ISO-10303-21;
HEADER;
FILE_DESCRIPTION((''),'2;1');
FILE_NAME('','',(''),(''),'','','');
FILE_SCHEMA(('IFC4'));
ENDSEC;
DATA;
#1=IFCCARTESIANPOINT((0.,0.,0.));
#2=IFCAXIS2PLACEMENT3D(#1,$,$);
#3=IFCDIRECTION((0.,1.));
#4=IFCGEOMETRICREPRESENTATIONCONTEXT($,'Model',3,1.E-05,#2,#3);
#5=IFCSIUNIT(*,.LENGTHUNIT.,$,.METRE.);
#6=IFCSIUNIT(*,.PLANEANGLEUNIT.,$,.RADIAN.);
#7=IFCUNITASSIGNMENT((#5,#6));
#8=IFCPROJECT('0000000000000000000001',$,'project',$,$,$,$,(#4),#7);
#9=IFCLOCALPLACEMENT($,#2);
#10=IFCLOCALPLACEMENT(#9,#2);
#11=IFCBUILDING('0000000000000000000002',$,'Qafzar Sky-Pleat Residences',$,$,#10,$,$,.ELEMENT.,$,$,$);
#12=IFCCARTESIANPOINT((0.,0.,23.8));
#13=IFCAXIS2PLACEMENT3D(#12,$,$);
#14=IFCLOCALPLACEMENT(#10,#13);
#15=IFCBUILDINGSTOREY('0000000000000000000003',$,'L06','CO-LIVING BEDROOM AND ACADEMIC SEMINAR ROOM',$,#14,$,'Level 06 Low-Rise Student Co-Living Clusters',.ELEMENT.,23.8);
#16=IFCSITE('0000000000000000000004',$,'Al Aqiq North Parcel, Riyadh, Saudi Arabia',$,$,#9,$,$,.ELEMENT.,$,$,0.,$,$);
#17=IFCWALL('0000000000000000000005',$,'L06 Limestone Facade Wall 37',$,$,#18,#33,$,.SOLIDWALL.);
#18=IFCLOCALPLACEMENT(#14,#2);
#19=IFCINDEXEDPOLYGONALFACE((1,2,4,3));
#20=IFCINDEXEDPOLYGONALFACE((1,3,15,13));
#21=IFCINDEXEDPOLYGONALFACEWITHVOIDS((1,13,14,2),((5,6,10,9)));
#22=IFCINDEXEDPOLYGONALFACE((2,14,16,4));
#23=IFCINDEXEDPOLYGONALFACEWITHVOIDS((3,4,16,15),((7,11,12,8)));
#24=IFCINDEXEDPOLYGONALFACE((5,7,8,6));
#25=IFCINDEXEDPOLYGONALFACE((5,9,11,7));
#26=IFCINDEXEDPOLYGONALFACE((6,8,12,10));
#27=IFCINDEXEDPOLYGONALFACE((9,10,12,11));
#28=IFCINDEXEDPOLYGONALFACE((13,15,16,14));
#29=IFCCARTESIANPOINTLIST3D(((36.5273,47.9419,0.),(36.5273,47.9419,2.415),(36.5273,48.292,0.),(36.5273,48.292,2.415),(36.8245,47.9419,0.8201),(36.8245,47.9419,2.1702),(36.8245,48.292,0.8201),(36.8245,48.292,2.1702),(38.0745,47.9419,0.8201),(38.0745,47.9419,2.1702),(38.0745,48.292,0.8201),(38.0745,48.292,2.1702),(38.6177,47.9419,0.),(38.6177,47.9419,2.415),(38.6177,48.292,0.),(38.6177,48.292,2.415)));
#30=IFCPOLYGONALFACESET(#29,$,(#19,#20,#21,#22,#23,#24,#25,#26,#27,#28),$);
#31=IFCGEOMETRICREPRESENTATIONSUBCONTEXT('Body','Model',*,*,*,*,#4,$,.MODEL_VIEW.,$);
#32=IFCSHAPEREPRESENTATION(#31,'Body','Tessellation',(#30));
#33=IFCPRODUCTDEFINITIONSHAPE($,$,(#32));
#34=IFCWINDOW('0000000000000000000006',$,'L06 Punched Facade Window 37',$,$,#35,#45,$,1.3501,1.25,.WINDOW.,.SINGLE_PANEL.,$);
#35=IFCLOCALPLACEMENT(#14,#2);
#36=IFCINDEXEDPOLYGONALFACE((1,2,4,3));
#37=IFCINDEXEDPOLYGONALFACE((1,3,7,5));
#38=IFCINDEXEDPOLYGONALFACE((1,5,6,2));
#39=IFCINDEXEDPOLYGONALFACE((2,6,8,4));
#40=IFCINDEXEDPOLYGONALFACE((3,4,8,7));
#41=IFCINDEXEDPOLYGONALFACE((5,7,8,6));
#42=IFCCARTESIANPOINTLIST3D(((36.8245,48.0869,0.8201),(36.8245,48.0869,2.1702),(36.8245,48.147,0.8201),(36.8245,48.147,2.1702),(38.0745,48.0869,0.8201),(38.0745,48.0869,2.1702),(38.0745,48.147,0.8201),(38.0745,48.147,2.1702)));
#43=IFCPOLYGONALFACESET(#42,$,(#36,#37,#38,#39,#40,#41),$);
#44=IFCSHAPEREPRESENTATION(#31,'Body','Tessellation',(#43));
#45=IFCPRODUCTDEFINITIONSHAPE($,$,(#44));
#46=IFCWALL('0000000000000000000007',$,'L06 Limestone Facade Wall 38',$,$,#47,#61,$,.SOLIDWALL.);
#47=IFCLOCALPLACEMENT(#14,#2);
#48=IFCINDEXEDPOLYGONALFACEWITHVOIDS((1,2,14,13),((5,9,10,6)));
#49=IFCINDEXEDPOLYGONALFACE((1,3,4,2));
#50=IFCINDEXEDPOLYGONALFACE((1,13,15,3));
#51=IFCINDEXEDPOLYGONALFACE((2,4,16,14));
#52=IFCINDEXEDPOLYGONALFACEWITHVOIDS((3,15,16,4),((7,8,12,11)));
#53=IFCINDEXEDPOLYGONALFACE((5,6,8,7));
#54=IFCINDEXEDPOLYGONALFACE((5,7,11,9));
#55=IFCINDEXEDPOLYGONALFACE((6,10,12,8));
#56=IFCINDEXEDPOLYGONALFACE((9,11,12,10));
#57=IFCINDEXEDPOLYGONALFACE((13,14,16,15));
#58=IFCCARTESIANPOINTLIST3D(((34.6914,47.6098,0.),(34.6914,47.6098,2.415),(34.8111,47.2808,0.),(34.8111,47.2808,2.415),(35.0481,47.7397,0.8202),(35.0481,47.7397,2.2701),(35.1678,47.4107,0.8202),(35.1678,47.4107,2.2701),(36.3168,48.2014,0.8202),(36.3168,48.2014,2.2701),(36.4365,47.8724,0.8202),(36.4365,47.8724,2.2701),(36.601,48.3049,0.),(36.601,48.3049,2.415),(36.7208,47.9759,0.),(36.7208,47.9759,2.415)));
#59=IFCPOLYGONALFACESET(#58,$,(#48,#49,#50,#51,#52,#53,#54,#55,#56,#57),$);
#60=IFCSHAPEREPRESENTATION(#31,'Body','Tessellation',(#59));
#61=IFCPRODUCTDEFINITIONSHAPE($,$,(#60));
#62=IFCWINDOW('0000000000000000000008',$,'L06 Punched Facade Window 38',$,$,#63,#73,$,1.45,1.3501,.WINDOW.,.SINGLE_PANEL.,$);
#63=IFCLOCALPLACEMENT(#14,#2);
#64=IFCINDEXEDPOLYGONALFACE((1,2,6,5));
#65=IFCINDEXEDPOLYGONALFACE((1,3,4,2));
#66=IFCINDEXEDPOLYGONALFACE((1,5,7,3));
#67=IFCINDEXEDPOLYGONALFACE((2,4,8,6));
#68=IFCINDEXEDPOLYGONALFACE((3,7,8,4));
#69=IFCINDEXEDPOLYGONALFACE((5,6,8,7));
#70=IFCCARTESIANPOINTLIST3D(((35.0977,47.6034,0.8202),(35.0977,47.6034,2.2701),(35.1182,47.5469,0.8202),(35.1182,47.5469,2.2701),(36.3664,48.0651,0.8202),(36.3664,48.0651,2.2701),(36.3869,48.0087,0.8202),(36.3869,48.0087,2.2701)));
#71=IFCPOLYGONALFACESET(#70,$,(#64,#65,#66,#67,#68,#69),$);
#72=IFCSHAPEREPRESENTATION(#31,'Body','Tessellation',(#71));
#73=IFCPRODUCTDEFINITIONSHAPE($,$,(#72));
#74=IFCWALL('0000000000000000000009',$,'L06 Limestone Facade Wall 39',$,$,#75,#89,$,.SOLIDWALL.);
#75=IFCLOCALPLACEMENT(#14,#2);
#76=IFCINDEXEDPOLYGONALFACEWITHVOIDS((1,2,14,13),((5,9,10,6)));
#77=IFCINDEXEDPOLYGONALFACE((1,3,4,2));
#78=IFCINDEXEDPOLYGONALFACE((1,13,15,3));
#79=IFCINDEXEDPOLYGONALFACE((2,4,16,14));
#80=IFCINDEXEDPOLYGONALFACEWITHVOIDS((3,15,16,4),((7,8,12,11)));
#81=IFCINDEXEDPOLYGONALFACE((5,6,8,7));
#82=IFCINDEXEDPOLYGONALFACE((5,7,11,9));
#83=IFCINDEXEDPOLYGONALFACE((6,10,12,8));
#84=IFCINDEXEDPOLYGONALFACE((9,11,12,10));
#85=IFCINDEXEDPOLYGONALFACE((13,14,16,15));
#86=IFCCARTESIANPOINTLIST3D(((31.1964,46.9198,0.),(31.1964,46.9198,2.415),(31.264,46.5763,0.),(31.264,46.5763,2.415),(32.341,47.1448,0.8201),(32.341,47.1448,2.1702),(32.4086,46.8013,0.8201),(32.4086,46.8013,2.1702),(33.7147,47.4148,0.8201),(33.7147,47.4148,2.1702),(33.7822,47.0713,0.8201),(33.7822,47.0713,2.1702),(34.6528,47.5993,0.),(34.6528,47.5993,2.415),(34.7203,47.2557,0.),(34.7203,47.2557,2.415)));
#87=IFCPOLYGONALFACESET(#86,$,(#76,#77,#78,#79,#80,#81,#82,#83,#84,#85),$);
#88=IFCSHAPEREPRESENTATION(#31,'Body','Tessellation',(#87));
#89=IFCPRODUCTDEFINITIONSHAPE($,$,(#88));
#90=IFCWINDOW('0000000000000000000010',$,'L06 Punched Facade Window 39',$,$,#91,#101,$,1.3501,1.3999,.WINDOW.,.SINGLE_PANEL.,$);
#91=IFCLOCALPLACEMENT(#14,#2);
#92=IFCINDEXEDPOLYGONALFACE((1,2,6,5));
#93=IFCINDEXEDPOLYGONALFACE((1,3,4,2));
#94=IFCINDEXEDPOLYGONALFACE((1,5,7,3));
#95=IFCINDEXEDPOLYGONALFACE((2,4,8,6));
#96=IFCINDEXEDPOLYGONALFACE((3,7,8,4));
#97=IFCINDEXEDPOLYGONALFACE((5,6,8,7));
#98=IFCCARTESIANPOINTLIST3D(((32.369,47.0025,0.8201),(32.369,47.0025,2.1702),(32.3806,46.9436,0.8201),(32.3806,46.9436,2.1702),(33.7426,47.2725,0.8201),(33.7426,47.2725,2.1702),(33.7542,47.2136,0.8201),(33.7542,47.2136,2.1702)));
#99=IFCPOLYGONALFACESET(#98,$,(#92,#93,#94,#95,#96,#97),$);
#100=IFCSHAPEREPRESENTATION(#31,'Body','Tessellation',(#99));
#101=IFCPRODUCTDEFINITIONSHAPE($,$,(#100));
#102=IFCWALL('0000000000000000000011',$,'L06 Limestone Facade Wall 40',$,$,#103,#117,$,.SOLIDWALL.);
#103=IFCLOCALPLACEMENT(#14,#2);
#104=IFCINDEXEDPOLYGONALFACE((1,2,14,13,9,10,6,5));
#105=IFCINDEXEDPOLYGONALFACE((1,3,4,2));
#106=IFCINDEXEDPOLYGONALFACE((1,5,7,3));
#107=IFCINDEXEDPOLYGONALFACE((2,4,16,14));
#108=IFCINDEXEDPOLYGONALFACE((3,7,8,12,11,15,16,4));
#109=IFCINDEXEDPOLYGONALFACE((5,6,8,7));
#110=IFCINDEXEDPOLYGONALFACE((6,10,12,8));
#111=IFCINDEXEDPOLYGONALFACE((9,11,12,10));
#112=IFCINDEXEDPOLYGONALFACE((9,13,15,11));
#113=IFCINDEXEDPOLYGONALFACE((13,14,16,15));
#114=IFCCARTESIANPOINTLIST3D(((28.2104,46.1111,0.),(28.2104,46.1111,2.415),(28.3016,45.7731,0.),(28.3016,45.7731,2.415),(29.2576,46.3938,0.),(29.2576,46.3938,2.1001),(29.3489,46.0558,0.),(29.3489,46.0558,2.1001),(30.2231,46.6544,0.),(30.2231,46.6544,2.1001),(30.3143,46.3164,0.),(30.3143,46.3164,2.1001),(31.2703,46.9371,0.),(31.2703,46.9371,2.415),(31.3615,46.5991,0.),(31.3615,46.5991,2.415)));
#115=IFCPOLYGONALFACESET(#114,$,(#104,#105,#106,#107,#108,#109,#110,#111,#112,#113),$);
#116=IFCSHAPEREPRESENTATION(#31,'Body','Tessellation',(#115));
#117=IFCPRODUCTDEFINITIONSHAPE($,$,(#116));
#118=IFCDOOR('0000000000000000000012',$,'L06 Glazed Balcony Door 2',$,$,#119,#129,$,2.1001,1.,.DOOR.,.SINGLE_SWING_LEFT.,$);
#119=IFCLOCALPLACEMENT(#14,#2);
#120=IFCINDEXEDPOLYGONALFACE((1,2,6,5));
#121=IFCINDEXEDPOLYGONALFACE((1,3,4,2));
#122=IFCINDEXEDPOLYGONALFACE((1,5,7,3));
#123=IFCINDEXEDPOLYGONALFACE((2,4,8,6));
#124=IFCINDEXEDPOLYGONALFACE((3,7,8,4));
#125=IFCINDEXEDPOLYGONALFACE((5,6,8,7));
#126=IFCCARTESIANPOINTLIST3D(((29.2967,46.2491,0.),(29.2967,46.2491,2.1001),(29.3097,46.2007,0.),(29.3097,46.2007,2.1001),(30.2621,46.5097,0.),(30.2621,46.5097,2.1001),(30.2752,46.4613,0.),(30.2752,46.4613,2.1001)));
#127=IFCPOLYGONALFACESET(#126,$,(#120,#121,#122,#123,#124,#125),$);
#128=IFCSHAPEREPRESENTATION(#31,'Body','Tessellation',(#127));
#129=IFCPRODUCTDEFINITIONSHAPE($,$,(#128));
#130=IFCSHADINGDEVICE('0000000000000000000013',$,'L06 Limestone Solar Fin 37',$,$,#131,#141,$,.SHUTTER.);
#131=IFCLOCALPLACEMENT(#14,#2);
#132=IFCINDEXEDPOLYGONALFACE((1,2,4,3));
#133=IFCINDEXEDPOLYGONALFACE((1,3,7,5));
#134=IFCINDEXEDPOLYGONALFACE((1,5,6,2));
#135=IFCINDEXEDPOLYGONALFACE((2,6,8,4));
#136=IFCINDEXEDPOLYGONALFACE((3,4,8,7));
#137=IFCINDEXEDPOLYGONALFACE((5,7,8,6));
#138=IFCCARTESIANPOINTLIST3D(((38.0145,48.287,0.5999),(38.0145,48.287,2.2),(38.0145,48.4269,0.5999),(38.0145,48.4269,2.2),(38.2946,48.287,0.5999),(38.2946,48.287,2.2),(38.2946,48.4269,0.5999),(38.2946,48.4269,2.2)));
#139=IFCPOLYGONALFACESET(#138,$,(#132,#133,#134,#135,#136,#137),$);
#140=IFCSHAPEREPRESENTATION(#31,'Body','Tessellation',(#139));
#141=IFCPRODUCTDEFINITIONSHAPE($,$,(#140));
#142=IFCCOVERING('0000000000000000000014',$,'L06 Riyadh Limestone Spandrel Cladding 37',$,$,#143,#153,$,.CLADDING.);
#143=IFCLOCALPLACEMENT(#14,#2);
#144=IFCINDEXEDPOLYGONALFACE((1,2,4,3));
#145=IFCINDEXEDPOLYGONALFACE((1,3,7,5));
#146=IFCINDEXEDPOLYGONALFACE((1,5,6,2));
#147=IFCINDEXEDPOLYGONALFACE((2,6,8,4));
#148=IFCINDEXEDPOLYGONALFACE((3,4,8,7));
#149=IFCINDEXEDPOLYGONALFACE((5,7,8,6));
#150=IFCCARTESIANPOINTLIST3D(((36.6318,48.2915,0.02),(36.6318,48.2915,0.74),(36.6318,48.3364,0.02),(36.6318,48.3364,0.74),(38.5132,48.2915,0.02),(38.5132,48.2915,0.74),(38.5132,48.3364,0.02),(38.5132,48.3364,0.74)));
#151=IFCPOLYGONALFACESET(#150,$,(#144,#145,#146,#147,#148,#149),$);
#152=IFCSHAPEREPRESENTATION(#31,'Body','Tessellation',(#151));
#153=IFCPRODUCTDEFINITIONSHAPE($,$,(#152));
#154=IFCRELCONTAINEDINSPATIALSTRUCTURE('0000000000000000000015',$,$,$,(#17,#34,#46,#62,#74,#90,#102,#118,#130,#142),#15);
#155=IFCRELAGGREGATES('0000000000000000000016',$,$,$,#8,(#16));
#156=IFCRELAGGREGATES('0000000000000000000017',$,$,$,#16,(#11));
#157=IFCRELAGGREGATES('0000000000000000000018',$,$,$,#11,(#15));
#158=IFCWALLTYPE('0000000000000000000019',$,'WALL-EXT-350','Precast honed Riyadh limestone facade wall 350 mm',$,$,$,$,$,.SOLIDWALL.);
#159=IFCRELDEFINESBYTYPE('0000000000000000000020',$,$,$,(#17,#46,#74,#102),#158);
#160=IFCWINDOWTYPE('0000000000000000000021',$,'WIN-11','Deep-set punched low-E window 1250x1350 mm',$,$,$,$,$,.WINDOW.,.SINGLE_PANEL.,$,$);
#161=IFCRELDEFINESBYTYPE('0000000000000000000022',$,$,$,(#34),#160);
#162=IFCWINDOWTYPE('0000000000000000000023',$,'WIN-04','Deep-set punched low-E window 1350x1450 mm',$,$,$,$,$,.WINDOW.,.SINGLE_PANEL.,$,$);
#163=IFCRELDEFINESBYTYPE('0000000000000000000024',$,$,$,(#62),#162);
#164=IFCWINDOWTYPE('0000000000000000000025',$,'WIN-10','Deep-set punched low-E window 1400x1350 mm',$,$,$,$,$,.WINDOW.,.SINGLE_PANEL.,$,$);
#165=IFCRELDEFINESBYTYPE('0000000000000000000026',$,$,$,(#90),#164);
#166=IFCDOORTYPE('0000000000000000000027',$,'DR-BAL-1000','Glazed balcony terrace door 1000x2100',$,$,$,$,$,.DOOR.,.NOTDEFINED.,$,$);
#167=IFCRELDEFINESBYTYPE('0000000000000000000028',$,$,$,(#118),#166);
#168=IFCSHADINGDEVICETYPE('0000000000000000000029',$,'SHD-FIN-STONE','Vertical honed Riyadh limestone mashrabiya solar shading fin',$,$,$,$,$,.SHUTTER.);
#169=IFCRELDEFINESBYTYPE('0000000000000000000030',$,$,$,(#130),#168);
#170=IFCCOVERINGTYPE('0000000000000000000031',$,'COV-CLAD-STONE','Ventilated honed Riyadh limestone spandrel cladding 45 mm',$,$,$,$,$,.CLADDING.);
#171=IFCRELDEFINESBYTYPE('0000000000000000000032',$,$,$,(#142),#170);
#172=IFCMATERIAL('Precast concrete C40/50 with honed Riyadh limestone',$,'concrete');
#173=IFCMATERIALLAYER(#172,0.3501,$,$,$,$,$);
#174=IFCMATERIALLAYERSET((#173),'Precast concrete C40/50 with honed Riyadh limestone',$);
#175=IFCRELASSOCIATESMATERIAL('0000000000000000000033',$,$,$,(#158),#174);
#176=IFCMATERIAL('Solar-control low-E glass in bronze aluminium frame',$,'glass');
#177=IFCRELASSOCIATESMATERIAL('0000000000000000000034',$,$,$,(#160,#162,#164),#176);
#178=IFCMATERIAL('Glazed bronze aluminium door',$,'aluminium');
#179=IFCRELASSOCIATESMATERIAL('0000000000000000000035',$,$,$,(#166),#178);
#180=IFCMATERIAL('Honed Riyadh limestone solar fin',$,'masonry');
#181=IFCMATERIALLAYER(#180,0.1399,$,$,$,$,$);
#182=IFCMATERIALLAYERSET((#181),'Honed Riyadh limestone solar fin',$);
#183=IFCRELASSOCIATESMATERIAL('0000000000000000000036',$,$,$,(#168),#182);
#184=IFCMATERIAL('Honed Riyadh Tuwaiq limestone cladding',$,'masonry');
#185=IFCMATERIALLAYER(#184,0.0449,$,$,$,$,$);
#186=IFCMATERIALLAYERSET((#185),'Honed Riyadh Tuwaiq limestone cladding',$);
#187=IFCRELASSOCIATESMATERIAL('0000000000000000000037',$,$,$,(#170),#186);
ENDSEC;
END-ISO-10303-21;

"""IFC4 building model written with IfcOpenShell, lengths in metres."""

from ifc_helpers import new_model, si_unit, direction, frame, frame_2d, origin, origin_2d, place, context, subcontext, project, spatial, rectangle, extrude, source, transform, mapped, material, layer, layer_set, type_object, element, fill, save


model = new_model("IFC4")

# Units and contexts
model_context = context("Model", 3, precision=1e-05, world=origin(), true_north=direction((0.0, 1.0)))
body_context = subcontext(model_context, "Body", "Model", "MODEL_VIEW")
ifc_project = project(units=[si_unit("LENGTHUNIT", "METRE"), si_unit("PLANEANGLEUNIT", "RADIAN")], contexts=[model_context])

# Site, building, storey
site_placement = place(None, origin())
site = spatial("IfcSite", under=ifc_project, at=site_placement, Name="Al Aqiq North Parcel, Riyadh, Saudi Arabia", CompositionType="ELEMENT", RefElevation=0.0)
building_placement = place(site_placement, origin())
building = spatial("IfcBuilding", under=site, at=building_placement, Name="Qafzar Sky-Pleat Residences", CompositionType="ELEMENT")
storey_placement = place(building_placement, frame((0.0, 0.0, 23.8)))
storey = spatial("IfcBuildingStorey", under=building, at=storey_placement, Name="L06", Description="CO-LIVING BEDROOM AND ACADEMIC SEMINAR ROOM", LongName="Level 06 Low-Rise Student Co-Living Clusters", CompositionType="ELEMENT", Elevation=23.8)

# Walls, openings, windows
ifc_material_1 = material(Name="Precast concrete C40/50 with honed Riyadh limestone", Category="concrete")
ifc_layer_1 = layer(ifc_material_1, 0.3501)
ifc_layer_set_1 = layer_set([ifc_layer_1], Name="Precast concrete C40/50 with honed Riyadh limestone")
wall_type_1 = type_object("IfcWallType", Name="WALL-EXT-350", Description="Precast honed Riyadh limestone facade wall 350 mm", PredefinedType="SOLIDWALL", material=ifc_layer_set_1)
wall_1_placement = place(storey_placement, frame((38.6177, 48.1169, 0.0), z_axis=(0.0, 0.0, 1.0), x_axis=(-1.0, 0.0, 0.0)))
wall_1 = element("IfcWall", 1, at=wall_1_placement, inside=storey, type_object=wall_type_1, Name="L06 Limestone Facade Wall 37", PredefinedType="SOLIDWALL", context=body_context, shape_type="SweptSolid", body=[
    extrude(rectangle(XDim=2.0903, YDim=0.3501, at=frame_2d((1.0452, 0.0))), origin(), (0.0, 0.0, 1.0), 2.415),
])
opening_1_placement = place(wall_1_placement, frame((0.5432, 0.0, 0.8201)))
opening_1 = element("IfcOpeningElement", 2, at=opening_1_placement, cuts=wall_1, PredefinedType="OPENING", context=body_context, shape_type="SweptSolid", body=[
    extrude(rectangle(XDim=1.25, YDim=1.3501, at=frame_2d((0.625, 0.675))), frame((0.0, 0.1851, 0.0), z_axis=(0.0, -1.0, 0.0), x_axis=(1.0, 0.0, 0.0)), (0.0, 0.0, 1.0), 0.3701),
])
ifc_material_2 = material(Name="Solar-control low-E glass in bronze aluminium frame", Category="glass")
window_type_1 = type_object("IfcWindowType", Name="WIN-11", Description="Deep-set punched low-E window 1250x1350 mm", PartitioningType="SINGLE_PANEL", PredefinedType="WINDOW", material=ifc_material_2)
shared_shape_1 = source(origin(), body_context, "Body", "SweptSolid", [
    extrude(rectangle(XDim=1.25, YDim=1.3501, at=frame_2d((0.625, 0.675))), frame((0.0, 0.03, 0.0), z_axis=(0.0, -1.0, 0.0), x_axis=(1.0, 0.0, 0.0)), (0.0, 0.0, 1.0), 0.0601),
])
window_1_placement = place(opening_1_placement, origin())
window_1 = element("IfcWindow", 3, at=window_1_placement, inside=storey, type_object=window_type_1, Name="L06 Punched Facade Window 37", OverallHeight=1.3501, OverallWidth=1.25, PartitioningType="SINGLE_PANEL", PredefinedType="WINDOW", context=body_context, shape_type="MappedRepresentation", body=[
    mapped(shared_shape_1, transform((0.0, 0.0, 0.0), x_axis=(1.0, 0.0, 0.0), y_axis=(0.0, 1.0, 0.0), z_axis=(0.0, 0.0, 1.0), scale=1.0)),
])
fill(opening_1, window_1)
wall_2_placement = place(storey_placement, frame((36.6609, 48.1404, 0.0), z_axis=(0.0, 0.0, 1.0), x_axis=(-0.939692, -0.342023, 0.0)))
wall_2 = element("IfcWall", 4, at=wall_2_placement, inside=storey, type_object=wall_type_1, Name="L06 Limestone Facade Wall 38", PredefinedType="SOLIDWALL", context=body_context, shape_type="SweptSolid", body=[
    extrude(rectangle(XDim=2.0322, YDim=0.3501, at=frame_2d((1.0161, 0.0))), origin(), (0.0, 0.0, 1.0), 2.415),
])
opening_2_placement = place(wall_2_placement, frame((0.3025, 0.0, 0.8201)))
opening_2 = element("IfcOpeningElement", 5, at=opening_2_placement, cuts=wall_2, PredefinedType="OPENING", context=body_context, shape_type="SweptSolid", body=[
    extrude(rectangle(XDim=1.3501, YDim=1.45, at=frame_2d((0.675, 0.7251))), frame((0.0, 0.1851, 0.0), z_axis=(0.0, -1.0, 0.0), x_axis=(1.0, 0.0, 0.0)), (0.0, 0.0, 1.0), 0.3701),
])
window_type_2 = type_object("IfcWindowType", Name="WIN-04", Description="Deep-set punched low-E window 1350x1450 mm", PartitioningType="SINGLE_PANEL", PredefinedType="WINDOW", material=ifc_material_2)
shared_shape_2 = source(origin(), body_context, "Body", "SweptSolid", [
    extrude(rectangle(XDim=1.3501, YDim=1.45, at=frame_2d((0.675, 0.7251))), frame((0.0, 0.03, 0.0), z_axis=(0.0, -1.0, 0.0), x_axis=(1.0, 0.0, 0.0)), (0.0, 0.0, 1.0), 0.0601),
])
window_2_placement = place(opening_2_placement, origin())
window_2 = element("IfcWindow", 6, at=window_2_placement, inside=storey, type_object=window_type_2, Name="L06 Punched Facade Window 38", OverallHeight=1.45, OverallWidth=1.3501, PartitioningType="SINGLE_PANEL", PredefinedType="WINDOW", context=body_context, shape_type="MappedRepresentation", body=[
    mapped(shared_shape_2, transform((0.0, 0.0, 0.0), x_axis=(1.0, 0.0, 0.0), y_axis=(0.0, 1.0, 0.0), z_axis=(0.0, 0.0, 1.0), scale=1.0)),
])
fill(opening_2, window_2)
wall_3_placement = place(storey_placement, frame((34.6865, 47.4275, 0.0), z_axis=(0.0, 0.0, 1.0), x_axis=(-0.98122, -0.192889, 0.0)))
wall_3 = element("IfcWall", 7, at=wall_3_placement, inside=storey, type_object=wall_type_1, Name="L06 Limestone Facade Wall 39", PredefinedType="SOLIDWALL", context=body_context, shape_type="SweptSolid", body=[
    extrude(rectangle(XDim=3.5225, YDim=0.3501, at=frame_2d((1.7612, 0.0))), origin(), (0.0, 0.0, 1.0), 2.415),
])
opening_3_placement = place(wall_3_placement, frame((0.9561, 0.0, 0.8201)))
opening_3 = element("IfcOpeningElement", 8, at=opening_3_placement, cuts=wall_3, PredefinedType="OPENING", context=body_context, shape_type="SweptSolid", body=[
    extrude(rectangle(XDim=1.3999, YDim=1.3501, at=frame_2d((0.7, 0.675))), frame((0.0, 0.1851, 0.0), z_axis=(0.0, -1.0, 0.0), x_axis=(1.0, 0.0, 0.0)), (0.0, 0.0, 1.0), 0.3701),
])
window_type_3 = type_object("IfcWindowType", Name="WIN-10", Description="Deep-set punched low-E window 1400x1350 mm", PartitioningType="SINGLE_PANEL", PredefinedType="WINDOW", material=ifc_material_2)
shared_shape_3 = source(origin(), body_context, "Body", "SweptSolid", [
    extrude(rectangle(XDim=1.3999, YDim=1.3501, at=frame_2d((0.7, 0.675))), frame((0.0, 0.03, 0.0), z_axis=(0.0, -1.0, 0.0), x_axis=(1.0, 0.0, 0.0)), (0.0, 0.0, 1.0), 0.0601),
])
window_3_placement = place(opening_3_placement, origin())
window_3 = element("IfcWindow", 9, at=window_3_placement, inside=storey, type_object=window_type_3, Name="L06 Punched Facade Window 39", OverallHeight=1.3501, OverallWidth=1.3999, PartitioningType="SINGLE_PANEL", PredefinedType="WINDOW", context=body_context, shape_type="MappedRepresentation", body=[
    mapped(shared_shape_3, transform((0.0, 0.0, 0.0), x_axis=(1.0, 0.0, 0.0), y_axis=(0.0, 1.0, 0.0), z_axis=(0.0, 0.0, 1.0), scale=1.0)),
])
fill(opening_3, window_3)

# Wall, opening, door
wall_4_placement = place(storey_placement, frame((31.3159, 46.7681, 0.0), z_axis=(0.0, 0.0, 1.0), x_axis=(-0.965447, -0.260601, 0.0)))
wall_4 = element("IfcWall", 10, at=wall_4_placement, inside=storey, type_object=wall_type_1, Name="L06 Limestone Facade Wall 40", PredefinedType="SOLIDWALL", context=body_context, shape_type="SweptSolid", body=[
    extrude(rectangle(XDim=3.1694, YDim=0.3501, at=frame_2d((1.5847, 0.0))), origin(), (0.0, 0.0, 1.0), 2.415),
])
opening_4_placement = place(wall_4_placement, frame((1.0847, 0.0, 0.0)))
opening_4 = element("IfcOpeningElement", 11, at=opening_4_placement, cuts=wall_4, PredefinedType="OPENING", context=body_context, shape_type="SweptSolid", body=[
    extrude(rectangle(XDim=1.0, YDim=2.1001, at=frame_2d((0.5, 1.05))), frame((0.0, 0.1851, 0.0), z_axis=(0.0, -1.0, 0.0), x_axis=(1.0, 0.0, 0.0)), (0.0, 0.0, 1.0), 0.3701),
])
ifc_material_3 = material(Name="Glazed bronze aluminium door", Category="aluminium")
door_type_1 = type_object("IfcDoorType", Name="DR-BAL-1000", Description="Glazed balcony terrace door 1000x2100", OperationType="NOTDEFINED", PredefinedType="DOOR", material=ifc_material_3)
shared_shape_4 = source(origin(), body_context, "Body", "SweptSolid", [
    extrude(rectangle(XDim=1.0, YDim=2.1001, at=frame_2d((0.5, 1.05))), frame((0.0, 0.0249, 0.0), z_axis=(0.0, -1.0, 0.0), x_axis=(1.0, 0.0, 0.0)), (0.0, 0.0, 1.0), 0.05),
])
door_1_placement = place(opening_4_placement, origin())
door_1 = element("IfcDoor", 12, at=door_1_placement, inside=storey, type_object=door_type_1, Name="L06 Glazed Balcony Door 2", OperationType="SINGLE_SWING_LEFT", OverallHeight=2.1001, OverallWidth=1.0, PredefinedType="DOOR", context=body_context, shape_type="MappedRepresentation", body=[
    mapped(shared_shape_4, transform((0.0, 0.0, 0.0), x_axis=(1.0, 0.0, 0.0), y_axis=(0.0, 1.0, 0.0), z_axis=(0.0, 0.0, 1.0), scale=1.0)),
])
fill(opening_4, door_1)

# Shading device
ifc_material_4 = material(Name="Honed Riyadh limestone solar fin", Category="masonry")
ifc_layer_2 = layer(ifc_material_4, 0.1399)
ifc_layer_set_2 = layer_set([ifc_layer_2], Name="Honed Riyadh limestone solar fin")
shading_device_type = type_object("IfcShadingDeviceType", Name="SHD-FIN-STONE", Description="Vertical honed Riyadh limestone mashrabiya solar shading fin", PredefinedType="SHUTTER", material=ifc_layer_set_2)
shared_shape_5 = source(origin(), body_context, "Body", "SweptSolid", [
    extrude(rectangle(XDim=0.1399, YDim=0.28, at=origin_2d()), origin(), (0.0, 0.0, 1.0), 1.6001),
])
shading_device_placement = place(storey_placement, frame((38.1545, 48.3569, 0.5999), z_axis=(0.0, 0.0, 1.0), x_axis=(0.0, 1.0, 0.0)))
element("IfcShadingDevice", 13, at=shading_device_placement, inside=storey, type_object=shading_device_type, Name="L06 Limestone Solar Fin 37", PredefinedType="SHUTTER", context=body_context, shape_type="MappedRepresentation", body=[
    mapped(shared_shape_5, transform((0.0, 0.0, 0.0), x_axis=(1.0, 0.0, 0.0), y_axis=(0.0, 1.0, 0.0), z_axis=(0.0, 0.0, 1.0), scale=1.0)),
])

# Covering
ifc_material_5 = material(Name="Honed Riyadh Tuwaiq limestone cladding", Category="masonry")
ifc_layer_3 = layer(ifc_material_5, 0.0449)
ifc_layer_set_3 = layer_set([ifc_layer_3], Name="Honed Riyadh Tuwaiq limestone cladding")
covering_type = type_object("IfcCoveringType", Name="COV-CLAD-STONE", Description="Ventilated honed Riyadh limestone spandrel cladding 45 mm", PredefinedType="CLADDING", material=ifc_layer_set_3)
shared_shape_6 = source(origin(), body_context, "Body", "SweptSolid", [
    extrude(rectangle(XDim=1.8813, YDim=0.0449, at=origin_2d()), origin(), (0.0, 0.0, 1.0), 0.72),
])
covering_placement = place(storey_placement, frame((37.5725, 48.314, 0.02), z_axis=(0.0, 0.0, 1.0), x_axis=(-1.0, 0.0, 0.0)))
element("IfcCovering", 14, at=covering_placement, inside=storey, type_object=covering_type, Name="L06 Riyadh Limestone Spandrel Cladding 37", PredefinedType="CLADDING", context=body_context, shape_type="MappedRepresentation", body=[
    mapped(shared_shape_6, transform((0.0, 0.0, 0.0), x_axis=(1.0, 0.0, 0.0), y_axis=(0.0, 1.0, 0.0), z_axis=(0.0, 0.0, 1.0), scale=1.0)),
])

save(model, "model.ifc")
